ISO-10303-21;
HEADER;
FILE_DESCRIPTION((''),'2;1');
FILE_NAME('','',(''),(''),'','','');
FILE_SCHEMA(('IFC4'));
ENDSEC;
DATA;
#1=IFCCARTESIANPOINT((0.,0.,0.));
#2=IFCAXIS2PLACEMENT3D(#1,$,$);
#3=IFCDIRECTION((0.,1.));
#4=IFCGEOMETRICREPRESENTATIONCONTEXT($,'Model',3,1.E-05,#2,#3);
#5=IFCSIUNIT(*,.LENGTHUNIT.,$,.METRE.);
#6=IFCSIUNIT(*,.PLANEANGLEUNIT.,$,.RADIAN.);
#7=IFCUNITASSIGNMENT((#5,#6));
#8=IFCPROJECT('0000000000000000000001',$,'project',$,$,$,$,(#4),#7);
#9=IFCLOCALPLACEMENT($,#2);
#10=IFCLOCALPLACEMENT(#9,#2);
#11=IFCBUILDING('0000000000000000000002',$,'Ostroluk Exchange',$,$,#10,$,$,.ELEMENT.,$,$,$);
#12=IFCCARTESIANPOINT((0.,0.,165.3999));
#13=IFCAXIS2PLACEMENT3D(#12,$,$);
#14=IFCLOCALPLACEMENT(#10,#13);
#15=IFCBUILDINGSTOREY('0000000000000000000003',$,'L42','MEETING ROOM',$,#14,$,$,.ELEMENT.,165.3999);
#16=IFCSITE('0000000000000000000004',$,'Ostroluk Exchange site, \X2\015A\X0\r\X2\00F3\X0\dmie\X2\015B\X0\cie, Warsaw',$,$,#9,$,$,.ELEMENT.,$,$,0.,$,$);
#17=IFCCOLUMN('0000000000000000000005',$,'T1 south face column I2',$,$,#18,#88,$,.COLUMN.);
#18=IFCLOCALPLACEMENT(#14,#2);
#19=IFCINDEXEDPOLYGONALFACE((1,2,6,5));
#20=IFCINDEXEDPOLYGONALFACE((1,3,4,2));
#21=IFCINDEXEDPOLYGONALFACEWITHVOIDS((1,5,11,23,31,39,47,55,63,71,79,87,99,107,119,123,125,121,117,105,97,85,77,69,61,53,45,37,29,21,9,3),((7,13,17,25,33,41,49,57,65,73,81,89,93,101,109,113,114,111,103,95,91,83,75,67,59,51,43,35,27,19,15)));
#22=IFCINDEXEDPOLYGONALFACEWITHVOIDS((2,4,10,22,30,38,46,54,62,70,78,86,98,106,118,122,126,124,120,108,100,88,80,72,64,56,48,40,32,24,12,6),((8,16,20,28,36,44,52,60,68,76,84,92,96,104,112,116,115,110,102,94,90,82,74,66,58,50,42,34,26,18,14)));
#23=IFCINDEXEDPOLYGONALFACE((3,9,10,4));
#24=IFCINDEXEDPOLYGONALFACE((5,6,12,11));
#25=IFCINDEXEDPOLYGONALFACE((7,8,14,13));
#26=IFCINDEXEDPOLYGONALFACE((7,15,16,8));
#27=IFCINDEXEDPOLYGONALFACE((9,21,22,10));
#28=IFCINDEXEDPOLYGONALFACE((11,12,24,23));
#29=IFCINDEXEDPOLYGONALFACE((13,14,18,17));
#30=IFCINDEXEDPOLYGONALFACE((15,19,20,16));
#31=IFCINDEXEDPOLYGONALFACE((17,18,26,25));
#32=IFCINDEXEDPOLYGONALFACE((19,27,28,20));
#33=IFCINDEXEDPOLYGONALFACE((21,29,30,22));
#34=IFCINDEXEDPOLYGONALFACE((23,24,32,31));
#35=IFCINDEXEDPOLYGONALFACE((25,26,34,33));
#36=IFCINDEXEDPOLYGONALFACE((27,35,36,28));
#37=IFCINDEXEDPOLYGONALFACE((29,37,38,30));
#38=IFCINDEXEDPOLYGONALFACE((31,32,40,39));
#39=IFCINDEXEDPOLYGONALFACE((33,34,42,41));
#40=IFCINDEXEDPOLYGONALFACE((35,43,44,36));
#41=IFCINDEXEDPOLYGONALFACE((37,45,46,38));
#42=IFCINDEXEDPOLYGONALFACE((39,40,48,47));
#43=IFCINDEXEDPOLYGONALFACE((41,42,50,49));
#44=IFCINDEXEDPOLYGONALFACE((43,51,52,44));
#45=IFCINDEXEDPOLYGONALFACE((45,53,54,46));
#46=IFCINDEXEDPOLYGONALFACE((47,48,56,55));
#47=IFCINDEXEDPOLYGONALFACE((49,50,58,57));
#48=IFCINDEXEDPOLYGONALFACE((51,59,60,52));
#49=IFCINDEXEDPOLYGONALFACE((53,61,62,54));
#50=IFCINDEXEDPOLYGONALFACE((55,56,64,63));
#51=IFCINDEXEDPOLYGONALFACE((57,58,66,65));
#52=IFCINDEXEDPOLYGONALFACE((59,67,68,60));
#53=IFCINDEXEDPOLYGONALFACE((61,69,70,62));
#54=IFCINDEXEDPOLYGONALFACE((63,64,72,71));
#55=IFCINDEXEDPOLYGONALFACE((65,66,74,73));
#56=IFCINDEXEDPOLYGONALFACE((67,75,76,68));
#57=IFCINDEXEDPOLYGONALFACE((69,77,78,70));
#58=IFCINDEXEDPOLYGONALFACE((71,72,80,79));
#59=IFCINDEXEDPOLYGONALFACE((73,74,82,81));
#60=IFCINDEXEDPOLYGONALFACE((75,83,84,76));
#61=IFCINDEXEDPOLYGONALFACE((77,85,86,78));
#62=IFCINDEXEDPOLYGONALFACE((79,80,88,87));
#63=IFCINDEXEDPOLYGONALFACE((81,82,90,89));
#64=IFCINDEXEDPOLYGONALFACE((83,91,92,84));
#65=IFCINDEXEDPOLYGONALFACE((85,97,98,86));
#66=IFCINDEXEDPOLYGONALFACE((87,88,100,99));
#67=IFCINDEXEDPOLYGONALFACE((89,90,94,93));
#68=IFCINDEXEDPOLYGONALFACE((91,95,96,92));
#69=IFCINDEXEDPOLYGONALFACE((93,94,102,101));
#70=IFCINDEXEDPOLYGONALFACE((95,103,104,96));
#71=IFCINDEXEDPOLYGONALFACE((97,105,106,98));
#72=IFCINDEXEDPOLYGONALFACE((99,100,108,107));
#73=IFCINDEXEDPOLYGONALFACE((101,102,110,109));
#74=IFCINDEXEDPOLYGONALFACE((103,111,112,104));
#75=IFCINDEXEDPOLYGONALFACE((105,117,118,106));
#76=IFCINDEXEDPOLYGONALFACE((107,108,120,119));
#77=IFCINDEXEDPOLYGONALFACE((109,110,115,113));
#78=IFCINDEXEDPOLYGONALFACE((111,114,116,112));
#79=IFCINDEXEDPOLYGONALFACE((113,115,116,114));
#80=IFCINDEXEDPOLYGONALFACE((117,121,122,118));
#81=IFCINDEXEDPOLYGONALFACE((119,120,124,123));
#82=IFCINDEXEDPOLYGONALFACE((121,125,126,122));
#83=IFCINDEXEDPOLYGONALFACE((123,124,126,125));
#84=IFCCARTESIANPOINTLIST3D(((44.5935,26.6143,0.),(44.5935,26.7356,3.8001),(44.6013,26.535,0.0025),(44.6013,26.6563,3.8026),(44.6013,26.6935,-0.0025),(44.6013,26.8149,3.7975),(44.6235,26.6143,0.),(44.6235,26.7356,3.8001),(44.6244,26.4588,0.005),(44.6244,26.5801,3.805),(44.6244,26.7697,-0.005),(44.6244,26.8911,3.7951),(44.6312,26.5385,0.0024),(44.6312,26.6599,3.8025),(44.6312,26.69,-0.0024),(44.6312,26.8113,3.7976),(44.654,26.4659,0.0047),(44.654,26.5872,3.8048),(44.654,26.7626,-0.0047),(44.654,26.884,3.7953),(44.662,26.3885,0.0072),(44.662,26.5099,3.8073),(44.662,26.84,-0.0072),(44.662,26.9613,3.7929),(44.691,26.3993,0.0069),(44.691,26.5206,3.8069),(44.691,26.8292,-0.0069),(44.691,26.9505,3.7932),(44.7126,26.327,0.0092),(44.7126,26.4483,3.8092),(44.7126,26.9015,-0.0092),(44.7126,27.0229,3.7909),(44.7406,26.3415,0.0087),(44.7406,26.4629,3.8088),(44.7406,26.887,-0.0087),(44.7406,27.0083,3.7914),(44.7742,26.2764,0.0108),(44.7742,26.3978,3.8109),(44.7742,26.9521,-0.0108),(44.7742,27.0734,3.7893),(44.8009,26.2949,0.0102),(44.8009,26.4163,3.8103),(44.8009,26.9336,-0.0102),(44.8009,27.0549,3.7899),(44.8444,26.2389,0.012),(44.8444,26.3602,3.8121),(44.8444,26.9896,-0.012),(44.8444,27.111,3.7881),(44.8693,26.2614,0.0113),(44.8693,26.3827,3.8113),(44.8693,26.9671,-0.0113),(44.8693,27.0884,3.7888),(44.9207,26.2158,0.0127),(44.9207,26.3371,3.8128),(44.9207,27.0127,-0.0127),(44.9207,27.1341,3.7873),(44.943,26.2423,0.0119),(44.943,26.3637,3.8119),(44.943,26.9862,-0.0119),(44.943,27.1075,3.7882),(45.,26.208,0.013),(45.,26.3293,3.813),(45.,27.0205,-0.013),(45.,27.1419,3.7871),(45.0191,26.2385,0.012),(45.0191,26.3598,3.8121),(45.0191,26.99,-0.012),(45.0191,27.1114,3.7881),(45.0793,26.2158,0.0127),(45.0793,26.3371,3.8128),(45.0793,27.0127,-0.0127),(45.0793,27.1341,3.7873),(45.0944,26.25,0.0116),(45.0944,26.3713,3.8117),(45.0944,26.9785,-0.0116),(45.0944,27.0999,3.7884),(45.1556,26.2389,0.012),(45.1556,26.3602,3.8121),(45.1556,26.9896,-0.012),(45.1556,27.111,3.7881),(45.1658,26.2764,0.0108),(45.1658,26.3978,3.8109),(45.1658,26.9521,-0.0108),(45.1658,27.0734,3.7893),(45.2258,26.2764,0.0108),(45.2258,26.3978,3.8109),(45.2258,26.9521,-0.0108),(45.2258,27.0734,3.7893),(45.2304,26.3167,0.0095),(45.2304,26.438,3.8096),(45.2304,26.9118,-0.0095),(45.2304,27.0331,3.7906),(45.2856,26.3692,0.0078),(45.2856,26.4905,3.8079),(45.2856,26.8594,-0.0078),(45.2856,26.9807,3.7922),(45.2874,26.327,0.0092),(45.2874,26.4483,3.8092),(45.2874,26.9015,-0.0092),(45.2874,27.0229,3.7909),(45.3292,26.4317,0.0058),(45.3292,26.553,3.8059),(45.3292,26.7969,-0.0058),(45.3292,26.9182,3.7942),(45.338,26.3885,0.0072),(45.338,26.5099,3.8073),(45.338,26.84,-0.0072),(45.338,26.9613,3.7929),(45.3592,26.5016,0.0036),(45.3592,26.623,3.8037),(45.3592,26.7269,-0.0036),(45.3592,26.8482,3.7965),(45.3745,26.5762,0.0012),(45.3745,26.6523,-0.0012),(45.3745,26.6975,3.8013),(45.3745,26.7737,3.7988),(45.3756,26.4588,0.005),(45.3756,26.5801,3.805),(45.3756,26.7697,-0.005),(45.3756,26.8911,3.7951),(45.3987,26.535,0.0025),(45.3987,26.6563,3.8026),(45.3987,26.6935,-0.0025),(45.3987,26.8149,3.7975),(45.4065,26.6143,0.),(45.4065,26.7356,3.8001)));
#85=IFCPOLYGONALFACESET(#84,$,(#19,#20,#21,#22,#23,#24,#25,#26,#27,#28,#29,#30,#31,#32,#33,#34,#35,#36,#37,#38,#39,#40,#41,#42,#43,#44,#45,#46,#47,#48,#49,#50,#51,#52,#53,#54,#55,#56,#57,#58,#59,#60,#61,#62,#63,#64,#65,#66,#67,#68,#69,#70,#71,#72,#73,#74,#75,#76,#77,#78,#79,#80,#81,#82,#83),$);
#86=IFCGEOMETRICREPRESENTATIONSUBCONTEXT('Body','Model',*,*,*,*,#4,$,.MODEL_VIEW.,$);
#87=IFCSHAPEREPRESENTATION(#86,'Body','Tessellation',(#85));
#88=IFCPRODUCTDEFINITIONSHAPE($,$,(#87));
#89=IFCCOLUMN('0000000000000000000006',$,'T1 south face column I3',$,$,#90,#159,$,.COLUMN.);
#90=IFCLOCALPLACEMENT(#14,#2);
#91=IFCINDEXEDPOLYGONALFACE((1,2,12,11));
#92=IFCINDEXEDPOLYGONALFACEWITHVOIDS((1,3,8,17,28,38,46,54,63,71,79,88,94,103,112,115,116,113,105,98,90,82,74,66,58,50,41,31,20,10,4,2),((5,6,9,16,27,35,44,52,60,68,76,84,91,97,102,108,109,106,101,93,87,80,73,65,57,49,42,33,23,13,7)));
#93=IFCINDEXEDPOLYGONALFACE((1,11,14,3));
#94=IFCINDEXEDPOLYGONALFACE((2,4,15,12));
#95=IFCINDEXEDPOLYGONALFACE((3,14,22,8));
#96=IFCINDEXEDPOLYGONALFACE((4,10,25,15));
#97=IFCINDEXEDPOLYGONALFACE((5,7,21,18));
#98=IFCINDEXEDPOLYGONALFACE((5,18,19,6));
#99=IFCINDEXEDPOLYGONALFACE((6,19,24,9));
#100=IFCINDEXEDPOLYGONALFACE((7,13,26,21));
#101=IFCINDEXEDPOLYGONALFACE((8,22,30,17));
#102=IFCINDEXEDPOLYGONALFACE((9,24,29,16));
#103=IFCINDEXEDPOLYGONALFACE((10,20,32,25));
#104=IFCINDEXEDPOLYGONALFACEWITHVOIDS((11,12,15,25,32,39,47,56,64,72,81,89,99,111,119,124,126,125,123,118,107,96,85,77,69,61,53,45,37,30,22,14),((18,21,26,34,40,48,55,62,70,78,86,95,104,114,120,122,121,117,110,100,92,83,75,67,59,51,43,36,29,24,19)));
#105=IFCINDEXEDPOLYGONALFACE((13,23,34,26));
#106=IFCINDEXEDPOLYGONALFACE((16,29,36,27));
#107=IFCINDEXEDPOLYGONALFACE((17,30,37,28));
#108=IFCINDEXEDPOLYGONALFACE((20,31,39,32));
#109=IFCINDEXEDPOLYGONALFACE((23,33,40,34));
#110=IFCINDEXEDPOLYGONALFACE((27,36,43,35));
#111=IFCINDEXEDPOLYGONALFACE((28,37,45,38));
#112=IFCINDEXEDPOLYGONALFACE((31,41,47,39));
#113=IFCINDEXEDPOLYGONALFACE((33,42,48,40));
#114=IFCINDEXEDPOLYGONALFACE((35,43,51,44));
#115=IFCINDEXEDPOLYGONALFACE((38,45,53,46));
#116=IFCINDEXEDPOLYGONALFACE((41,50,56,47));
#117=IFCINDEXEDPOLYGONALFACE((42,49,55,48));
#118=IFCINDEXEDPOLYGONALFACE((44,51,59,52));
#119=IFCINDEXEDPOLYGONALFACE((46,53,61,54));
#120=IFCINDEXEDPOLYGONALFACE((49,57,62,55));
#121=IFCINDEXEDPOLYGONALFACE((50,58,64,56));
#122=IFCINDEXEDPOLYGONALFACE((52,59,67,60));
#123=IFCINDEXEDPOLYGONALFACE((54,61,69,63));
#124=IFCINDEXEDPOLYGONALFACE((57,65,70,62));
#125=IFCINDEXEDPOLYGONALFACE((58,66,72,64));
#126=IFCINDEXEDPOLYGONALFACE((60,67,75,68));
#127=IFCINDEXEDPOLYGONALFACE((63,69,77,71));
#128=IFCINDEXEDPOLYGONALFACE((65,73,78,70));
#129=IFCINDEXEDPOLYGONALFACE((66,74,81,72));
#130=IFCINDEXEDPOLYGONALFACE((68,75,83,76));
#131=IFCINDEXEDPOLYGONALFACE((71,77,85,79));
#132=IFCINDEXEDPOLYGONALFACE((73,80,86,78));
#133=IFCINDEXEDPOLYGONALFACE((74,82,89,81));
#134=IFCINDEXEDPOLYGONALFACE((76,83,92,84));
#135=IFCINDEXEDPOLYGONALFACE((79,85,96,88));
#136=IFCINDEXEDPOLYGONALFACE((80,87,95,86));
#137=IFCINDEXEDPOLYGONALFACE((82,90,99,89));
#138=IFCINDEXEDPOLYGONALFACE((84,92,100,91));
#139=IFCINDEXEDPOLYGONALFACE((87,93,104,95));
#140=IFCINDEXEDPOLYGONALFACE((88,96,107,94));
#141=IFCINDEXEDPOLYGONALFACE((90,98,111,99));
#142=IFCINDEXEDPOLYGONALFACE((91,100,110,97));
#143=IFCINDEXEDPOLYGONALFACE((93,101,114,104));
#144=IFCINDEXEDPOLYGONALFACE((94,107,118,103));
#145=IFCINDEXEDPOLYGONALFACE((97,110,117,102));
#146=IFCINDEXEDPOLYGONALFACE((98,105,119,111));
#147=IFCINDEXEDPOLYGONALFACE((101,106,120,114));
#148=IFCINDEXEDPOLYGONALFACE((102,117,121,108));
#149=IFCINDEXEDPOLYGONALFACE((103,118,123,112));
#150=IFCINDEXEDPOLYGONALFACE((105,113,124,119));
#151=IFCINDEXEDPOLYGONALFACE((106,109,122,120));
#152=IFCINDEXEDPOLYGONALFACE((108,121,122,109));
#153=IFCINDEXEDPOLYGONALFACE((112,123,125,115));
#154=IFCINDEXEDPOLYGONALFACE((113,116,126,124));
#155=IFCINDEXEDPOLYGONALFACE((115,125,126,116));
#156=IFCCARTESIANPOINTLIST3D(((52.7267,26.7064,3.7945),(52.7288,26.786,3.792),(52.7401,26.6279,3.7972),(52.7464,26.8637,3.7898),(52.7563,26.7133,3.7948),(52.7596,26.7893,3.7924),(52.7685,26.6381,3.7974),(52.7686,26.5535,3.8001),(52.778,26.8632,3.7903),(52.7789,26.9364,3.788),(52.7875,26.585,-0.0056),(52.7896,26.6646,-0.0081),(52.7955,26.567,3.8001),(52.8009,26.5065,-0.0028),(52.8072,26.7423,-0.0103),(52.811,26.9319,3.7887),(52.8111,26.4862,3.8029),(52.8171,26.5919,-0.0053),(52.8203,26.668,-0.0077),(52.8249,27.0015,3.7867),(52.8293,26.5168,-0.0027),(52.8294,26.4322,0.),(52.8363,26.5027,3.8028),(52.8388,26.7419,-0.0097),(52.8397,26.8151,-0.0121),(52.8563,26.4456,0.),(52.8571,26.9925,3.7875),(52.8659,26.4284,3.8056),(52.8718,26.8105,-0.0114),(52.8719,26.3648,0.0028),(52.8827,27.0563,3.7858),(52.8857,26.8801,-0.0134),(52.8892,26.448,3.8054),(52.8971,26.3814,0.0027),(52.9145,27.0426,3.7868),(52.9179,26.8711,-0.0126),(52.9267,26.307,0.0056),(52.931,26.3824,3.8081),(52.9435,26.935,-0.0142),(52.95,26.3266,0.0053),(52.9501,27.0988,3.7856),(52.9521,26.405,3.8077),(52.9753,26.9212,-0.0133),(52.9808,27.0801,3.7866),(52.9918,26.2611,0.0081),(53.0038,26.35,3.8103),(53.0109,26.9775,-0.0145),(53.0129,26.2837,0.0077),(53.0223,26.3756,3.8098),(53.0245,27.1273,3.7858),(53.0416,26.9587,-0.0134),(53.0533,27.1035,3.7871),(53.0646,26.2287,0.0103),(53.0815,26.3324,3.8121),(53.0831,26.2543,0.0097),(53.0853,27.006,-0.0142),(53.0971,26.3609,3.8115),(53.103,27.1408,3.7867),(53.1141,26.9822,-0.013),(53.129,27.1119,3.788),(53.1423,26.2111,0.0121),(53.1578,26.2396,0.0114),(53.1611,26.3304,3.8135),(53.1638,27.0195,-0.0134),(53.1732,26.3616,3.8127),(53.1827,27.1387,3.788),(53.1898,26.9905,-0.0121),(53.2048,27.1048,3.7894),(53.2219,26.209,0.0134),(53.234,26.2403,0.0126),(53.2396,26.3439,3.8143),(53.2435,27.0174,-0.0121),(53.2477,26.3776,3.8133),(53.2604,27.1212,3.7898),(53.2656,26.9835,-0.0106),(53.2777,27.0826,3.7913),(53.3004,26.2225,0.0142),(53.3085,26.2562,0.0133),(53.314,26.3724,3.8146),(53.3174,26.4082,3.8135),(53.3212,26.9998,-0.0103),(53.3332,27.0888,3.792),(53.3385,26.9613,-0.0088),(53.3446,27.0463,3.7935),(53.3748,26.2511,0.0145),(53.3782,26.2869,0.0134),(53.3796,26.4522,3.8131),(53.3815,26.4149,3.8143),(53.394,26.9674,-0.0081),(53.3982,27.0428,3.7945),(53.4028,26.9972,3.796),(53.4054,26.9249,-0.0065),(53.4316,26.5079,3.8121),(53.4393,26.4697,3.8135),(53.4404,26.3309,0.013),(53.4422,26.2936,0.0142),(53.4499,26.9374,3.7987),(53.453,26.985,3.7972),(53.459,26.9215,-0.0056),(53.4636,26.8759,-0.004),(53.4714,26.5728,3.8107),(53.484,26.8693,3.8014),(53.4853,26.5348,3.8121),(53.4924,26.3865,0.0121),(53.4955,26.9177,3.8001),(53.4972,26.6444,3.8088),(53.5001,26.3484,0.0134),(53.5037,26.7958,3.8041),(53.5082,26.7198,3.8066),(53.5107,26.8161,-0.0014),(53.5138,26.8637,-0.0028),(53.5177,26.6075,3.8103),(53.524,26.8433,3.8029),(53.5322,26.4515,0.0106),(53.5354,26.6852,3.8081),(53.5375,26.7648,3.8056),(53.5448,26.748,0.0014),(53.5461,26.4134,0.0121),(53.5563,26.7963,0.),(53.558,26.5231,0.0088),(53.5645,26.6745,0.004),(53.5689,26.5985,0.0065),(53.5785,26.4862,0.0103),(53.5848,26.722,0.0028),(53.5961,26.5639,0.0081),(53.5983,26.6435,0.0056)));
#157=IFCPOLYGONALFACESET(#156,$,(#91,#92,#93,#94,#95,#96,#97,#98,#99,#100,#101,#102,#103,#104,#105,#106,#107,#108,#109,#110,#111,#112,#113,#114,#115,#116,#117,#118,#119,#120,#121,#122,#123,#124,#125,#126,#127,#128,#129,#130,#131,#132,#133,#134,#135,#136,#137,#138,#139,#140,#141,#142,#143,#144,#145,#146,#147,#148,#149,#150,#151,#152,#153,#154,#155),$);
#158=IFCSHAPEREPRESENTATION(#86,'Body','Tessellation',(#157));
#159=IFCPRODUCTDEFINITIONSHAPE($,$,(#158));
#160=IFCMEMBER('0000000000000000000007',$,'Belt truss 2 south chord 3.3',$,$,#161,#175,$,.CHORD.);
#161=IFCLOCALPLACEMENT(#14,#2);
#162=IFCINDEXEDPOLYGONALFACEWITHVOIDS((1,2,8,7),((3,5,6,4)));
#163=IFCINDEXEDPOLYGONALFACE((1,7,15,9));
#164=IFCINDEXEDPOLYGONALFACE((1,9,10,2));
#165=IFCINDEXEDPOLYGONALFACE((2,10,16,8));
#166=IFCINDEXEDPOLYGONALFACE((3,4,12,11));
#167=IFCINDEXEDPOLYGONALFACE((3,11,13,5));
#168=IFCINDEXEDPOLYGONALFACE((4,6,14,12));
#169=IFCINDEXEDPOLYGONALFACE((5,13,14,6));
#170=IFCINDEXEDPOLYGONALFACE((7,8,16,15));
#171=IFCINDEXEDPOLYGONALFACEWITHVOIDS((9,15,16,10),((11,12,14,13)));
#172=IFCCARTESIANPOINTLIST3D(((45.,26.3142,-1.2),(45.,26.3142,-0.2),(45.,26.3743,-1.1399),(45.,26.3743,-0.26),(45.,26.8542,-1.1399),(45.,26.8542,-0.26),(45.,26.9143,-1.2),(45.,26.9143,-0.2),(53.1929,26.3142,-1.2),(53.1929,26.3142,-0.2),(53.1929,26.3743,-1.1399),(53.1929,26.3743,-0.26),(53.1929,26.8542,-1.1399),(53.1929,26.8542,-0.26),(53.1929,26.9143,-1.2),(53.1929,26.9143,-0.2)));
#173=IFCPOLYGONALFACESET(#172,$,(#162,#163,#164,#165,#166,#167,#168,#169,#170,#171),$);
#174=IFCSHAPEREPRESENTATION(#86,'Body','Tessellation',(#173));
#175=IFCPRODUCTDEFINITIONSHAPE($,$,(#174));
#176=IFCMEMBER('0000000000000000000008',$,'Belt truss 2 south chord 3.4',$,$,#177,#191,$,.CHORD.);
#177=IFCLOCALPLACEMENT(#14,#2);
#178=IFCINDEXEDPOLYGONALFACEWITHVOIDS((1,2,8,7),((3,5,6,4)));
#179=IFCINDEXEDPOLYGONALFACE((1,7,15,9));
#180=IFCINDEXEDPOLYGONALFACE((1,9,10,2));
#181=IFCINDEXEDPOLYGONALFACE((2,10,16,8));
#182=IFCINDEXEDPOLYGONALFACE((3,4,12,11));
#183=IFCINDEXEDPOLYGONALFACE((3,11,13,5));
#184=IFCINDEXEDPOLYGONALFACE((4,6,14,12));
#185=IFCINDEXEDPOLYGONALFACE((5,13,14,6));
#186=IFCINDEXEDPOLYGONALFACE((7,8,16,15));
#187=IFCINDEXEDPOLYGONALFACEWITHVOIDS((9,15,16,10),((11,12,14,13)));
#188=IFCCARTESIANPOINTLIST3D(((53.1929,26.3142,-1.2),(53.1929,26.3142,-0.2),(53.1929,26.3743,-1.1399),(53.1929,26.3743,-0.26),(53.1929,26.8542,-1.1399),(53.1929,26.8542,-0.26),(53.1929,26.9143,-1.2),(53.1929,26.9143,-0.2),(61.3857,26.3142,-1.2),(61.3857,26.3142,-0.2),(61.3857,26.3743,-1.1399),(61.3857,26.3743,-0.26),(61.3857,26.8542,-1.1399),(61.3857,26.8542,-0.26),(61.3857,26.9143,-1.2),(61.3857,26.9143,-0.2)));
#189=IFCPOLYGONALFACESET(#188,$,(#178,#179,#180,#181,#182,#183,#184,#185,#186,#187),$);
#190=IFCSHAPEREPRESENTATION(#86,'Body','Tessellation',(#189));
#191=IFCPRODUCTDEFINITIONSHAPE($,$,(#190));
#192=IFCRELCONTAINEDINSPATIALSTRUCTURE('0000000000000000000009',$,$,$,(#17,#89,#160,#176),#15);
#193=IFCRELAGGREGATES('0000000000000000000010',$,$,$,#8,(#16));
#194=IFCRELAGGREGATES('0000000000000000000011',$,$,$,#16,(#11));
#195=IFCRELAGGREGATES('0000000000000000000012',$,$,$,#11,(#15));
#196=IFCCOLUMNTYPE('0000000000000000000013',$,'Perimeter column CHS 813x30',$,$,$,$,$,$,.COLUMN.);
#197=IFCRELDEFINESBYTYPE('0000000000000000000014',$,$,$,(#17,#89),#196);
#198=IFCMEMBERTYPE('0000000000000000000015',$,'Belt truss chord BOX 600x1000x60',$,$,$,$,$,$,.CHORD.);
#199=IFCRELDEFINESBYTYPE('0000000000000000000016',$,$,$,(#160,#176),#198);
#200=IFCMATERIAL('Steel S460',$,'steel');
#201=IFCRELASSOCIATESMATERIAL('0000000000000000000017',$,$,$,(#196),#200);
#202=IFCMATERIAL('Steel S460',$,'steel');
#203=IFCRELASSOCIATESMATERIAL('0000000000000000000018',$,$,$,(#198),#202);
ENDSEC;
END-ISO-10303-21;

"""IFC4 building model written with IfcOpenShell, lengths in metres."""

from ifc_helpers import new_model, si_unit, direction, frame, origin, origin_2d, place, context, subcontext, project, spatial, hollow_rectangle, hollow_circle, extrude, material, material_profile, profile_set, type_object, element, save


model = new_model("IFC4")

# Units and contexts
model_context = context("Model", 3, precision=1e-05, world=origin(), true_north=direction((0.0, 1.0)))
body_context = subcontext(model_context, "Body", "Model", "MODEL_VIEW")
ifc_project = project(units=[si_unit("LENGTHUNIT", "METRE"), si_unit("PLANEANGLEUNIT", "RADIAN")], contexts=[model_context])

# Site, building, storey
site_placement = place(None, origin())
site = spatial("IfcSite", under=ifc_project, at=site_placement, Name="Ostroluk Exchange site, Śródmieście, Warsaw", CompositionType="ELEMENT", RefElevation=0.0)
building_placement = place(site_placement, origin())
building = spatial("IfcBuilding", under=site, at=building_placement, Name="Ostroluk Exchange", CompositionType="ELEMENT")
storey_placement = place(building_placement, frame((0.0, 0.0, 165.3999)))
storey = spatial("IfcBuildingStorey", under=building, at=storey_placement, Name="L42", Description="MEETING ROOM", CompositionType="ELEMENT", Elevation=165.3999)

# Columns
ifc_material_1 = material(Name="Steel S460", Category="steel")
ifc_material_profile_1 = material_profile(ifc_material_1, hollow_circle(Radius=0.4065, WallThickness=0.03, at=origin_2d()), Name="CHS 813x30")
ifc_profile_set_1 = profile_set([ifc_material_profile_1], Name="Steel S460")
column_type = type_object("IfcColumnType", Name="Perimeter column CHS 813x30", PredefinedType="COLUMN", material=ifc_profile_set_1)
column_1_placement = place(storey_placement, frame((45.0, 26.6143, 0.0), z_axis=(0.0, 0.031914, 0.999491), x_axis=(-1.0, 0.0, 0.0)))
element("IfcColumn", 1, at=column_1_placement, inside=storey, type_object=column_type, Name="T1 south face column I2", PredefinedType="COLUMN", context=body_context, shape_type="SweptSolid", body=[
    extrude(hollow_circle(Radius=0.4065, WallThickness=0.03, at=origin_2d()), origin(), (0.0, 0.0, 1.0), 3.802),
])
column_2_placement = place(storey_placement, frame((53.1929, 26.6143, 0.0), z_axis=(-0.015987, 0.03191, 0.999363), x_axis=(-0.894067, -0.447933, 0.0)))
element("IfcColumn", 2, at=column_2_placement, inside=storey, type_object=column_type, Name="T1 south face column I3", PredefinedType="COLUMN", context=body_context, shape_type="SweptSolid", body=[
    extrude(hollow_circle(Radius=0.4065, WallThickness=0.03, at=origin_2d()), origin(), (0.0, 0.0, 1.0), 3.8025),
])

# Members
ifc_material_2 = material(Name="Steel S460", Category="steel")
ifc_material_profile_2 = material_profile(ifc_material_2, hollow_rectangle(XDim=0.6001, YDim=1.0, WallThickness=0.0601, at=origin_2d()), Name="BOX 600x1000x60")
ifc_profile_set_2 = profile_set([ifc_material_profile_2], Name="Steel S460")
member_type_1 = type_object("IfcMemberType", Name="Belt truss chord BOX 600x1000x60", PredefinedType="CHORD", material=ifc_profile_set_2)
for number, where, z_axis, x_axis, name in (
    (3, (45.0, 26.6143, -0.7), (1.0, 0.0, 0.0), (0.0, 1.0, 0.0), "Belt truss 2 south chord 3.3"),
    (4, (53.1929, 26.6143, -0.7), (1.0, 0.0, 0.0), (0.0, 1.0, 0.0), "Belt truss 2 south chord 3.4"),
):
    element("IfcMember", number, at=place(storey_placement, frame(where, z_axis=z_axis, x_axis=x_axis)), inside=storey, type_object=member_type_1, Name=name, PredefinedType="CHORD", context=body_context, shape_type="SweptSolid", body=[
        extrude(hollow_rectangle(XDim=0.6001, YDim=1.0, WallThickness=0.0601, at=origin_2d()), origin(), (0.0, 0.0, 1.0), 8.1929),
    ])

save(model, "model.ifc")
